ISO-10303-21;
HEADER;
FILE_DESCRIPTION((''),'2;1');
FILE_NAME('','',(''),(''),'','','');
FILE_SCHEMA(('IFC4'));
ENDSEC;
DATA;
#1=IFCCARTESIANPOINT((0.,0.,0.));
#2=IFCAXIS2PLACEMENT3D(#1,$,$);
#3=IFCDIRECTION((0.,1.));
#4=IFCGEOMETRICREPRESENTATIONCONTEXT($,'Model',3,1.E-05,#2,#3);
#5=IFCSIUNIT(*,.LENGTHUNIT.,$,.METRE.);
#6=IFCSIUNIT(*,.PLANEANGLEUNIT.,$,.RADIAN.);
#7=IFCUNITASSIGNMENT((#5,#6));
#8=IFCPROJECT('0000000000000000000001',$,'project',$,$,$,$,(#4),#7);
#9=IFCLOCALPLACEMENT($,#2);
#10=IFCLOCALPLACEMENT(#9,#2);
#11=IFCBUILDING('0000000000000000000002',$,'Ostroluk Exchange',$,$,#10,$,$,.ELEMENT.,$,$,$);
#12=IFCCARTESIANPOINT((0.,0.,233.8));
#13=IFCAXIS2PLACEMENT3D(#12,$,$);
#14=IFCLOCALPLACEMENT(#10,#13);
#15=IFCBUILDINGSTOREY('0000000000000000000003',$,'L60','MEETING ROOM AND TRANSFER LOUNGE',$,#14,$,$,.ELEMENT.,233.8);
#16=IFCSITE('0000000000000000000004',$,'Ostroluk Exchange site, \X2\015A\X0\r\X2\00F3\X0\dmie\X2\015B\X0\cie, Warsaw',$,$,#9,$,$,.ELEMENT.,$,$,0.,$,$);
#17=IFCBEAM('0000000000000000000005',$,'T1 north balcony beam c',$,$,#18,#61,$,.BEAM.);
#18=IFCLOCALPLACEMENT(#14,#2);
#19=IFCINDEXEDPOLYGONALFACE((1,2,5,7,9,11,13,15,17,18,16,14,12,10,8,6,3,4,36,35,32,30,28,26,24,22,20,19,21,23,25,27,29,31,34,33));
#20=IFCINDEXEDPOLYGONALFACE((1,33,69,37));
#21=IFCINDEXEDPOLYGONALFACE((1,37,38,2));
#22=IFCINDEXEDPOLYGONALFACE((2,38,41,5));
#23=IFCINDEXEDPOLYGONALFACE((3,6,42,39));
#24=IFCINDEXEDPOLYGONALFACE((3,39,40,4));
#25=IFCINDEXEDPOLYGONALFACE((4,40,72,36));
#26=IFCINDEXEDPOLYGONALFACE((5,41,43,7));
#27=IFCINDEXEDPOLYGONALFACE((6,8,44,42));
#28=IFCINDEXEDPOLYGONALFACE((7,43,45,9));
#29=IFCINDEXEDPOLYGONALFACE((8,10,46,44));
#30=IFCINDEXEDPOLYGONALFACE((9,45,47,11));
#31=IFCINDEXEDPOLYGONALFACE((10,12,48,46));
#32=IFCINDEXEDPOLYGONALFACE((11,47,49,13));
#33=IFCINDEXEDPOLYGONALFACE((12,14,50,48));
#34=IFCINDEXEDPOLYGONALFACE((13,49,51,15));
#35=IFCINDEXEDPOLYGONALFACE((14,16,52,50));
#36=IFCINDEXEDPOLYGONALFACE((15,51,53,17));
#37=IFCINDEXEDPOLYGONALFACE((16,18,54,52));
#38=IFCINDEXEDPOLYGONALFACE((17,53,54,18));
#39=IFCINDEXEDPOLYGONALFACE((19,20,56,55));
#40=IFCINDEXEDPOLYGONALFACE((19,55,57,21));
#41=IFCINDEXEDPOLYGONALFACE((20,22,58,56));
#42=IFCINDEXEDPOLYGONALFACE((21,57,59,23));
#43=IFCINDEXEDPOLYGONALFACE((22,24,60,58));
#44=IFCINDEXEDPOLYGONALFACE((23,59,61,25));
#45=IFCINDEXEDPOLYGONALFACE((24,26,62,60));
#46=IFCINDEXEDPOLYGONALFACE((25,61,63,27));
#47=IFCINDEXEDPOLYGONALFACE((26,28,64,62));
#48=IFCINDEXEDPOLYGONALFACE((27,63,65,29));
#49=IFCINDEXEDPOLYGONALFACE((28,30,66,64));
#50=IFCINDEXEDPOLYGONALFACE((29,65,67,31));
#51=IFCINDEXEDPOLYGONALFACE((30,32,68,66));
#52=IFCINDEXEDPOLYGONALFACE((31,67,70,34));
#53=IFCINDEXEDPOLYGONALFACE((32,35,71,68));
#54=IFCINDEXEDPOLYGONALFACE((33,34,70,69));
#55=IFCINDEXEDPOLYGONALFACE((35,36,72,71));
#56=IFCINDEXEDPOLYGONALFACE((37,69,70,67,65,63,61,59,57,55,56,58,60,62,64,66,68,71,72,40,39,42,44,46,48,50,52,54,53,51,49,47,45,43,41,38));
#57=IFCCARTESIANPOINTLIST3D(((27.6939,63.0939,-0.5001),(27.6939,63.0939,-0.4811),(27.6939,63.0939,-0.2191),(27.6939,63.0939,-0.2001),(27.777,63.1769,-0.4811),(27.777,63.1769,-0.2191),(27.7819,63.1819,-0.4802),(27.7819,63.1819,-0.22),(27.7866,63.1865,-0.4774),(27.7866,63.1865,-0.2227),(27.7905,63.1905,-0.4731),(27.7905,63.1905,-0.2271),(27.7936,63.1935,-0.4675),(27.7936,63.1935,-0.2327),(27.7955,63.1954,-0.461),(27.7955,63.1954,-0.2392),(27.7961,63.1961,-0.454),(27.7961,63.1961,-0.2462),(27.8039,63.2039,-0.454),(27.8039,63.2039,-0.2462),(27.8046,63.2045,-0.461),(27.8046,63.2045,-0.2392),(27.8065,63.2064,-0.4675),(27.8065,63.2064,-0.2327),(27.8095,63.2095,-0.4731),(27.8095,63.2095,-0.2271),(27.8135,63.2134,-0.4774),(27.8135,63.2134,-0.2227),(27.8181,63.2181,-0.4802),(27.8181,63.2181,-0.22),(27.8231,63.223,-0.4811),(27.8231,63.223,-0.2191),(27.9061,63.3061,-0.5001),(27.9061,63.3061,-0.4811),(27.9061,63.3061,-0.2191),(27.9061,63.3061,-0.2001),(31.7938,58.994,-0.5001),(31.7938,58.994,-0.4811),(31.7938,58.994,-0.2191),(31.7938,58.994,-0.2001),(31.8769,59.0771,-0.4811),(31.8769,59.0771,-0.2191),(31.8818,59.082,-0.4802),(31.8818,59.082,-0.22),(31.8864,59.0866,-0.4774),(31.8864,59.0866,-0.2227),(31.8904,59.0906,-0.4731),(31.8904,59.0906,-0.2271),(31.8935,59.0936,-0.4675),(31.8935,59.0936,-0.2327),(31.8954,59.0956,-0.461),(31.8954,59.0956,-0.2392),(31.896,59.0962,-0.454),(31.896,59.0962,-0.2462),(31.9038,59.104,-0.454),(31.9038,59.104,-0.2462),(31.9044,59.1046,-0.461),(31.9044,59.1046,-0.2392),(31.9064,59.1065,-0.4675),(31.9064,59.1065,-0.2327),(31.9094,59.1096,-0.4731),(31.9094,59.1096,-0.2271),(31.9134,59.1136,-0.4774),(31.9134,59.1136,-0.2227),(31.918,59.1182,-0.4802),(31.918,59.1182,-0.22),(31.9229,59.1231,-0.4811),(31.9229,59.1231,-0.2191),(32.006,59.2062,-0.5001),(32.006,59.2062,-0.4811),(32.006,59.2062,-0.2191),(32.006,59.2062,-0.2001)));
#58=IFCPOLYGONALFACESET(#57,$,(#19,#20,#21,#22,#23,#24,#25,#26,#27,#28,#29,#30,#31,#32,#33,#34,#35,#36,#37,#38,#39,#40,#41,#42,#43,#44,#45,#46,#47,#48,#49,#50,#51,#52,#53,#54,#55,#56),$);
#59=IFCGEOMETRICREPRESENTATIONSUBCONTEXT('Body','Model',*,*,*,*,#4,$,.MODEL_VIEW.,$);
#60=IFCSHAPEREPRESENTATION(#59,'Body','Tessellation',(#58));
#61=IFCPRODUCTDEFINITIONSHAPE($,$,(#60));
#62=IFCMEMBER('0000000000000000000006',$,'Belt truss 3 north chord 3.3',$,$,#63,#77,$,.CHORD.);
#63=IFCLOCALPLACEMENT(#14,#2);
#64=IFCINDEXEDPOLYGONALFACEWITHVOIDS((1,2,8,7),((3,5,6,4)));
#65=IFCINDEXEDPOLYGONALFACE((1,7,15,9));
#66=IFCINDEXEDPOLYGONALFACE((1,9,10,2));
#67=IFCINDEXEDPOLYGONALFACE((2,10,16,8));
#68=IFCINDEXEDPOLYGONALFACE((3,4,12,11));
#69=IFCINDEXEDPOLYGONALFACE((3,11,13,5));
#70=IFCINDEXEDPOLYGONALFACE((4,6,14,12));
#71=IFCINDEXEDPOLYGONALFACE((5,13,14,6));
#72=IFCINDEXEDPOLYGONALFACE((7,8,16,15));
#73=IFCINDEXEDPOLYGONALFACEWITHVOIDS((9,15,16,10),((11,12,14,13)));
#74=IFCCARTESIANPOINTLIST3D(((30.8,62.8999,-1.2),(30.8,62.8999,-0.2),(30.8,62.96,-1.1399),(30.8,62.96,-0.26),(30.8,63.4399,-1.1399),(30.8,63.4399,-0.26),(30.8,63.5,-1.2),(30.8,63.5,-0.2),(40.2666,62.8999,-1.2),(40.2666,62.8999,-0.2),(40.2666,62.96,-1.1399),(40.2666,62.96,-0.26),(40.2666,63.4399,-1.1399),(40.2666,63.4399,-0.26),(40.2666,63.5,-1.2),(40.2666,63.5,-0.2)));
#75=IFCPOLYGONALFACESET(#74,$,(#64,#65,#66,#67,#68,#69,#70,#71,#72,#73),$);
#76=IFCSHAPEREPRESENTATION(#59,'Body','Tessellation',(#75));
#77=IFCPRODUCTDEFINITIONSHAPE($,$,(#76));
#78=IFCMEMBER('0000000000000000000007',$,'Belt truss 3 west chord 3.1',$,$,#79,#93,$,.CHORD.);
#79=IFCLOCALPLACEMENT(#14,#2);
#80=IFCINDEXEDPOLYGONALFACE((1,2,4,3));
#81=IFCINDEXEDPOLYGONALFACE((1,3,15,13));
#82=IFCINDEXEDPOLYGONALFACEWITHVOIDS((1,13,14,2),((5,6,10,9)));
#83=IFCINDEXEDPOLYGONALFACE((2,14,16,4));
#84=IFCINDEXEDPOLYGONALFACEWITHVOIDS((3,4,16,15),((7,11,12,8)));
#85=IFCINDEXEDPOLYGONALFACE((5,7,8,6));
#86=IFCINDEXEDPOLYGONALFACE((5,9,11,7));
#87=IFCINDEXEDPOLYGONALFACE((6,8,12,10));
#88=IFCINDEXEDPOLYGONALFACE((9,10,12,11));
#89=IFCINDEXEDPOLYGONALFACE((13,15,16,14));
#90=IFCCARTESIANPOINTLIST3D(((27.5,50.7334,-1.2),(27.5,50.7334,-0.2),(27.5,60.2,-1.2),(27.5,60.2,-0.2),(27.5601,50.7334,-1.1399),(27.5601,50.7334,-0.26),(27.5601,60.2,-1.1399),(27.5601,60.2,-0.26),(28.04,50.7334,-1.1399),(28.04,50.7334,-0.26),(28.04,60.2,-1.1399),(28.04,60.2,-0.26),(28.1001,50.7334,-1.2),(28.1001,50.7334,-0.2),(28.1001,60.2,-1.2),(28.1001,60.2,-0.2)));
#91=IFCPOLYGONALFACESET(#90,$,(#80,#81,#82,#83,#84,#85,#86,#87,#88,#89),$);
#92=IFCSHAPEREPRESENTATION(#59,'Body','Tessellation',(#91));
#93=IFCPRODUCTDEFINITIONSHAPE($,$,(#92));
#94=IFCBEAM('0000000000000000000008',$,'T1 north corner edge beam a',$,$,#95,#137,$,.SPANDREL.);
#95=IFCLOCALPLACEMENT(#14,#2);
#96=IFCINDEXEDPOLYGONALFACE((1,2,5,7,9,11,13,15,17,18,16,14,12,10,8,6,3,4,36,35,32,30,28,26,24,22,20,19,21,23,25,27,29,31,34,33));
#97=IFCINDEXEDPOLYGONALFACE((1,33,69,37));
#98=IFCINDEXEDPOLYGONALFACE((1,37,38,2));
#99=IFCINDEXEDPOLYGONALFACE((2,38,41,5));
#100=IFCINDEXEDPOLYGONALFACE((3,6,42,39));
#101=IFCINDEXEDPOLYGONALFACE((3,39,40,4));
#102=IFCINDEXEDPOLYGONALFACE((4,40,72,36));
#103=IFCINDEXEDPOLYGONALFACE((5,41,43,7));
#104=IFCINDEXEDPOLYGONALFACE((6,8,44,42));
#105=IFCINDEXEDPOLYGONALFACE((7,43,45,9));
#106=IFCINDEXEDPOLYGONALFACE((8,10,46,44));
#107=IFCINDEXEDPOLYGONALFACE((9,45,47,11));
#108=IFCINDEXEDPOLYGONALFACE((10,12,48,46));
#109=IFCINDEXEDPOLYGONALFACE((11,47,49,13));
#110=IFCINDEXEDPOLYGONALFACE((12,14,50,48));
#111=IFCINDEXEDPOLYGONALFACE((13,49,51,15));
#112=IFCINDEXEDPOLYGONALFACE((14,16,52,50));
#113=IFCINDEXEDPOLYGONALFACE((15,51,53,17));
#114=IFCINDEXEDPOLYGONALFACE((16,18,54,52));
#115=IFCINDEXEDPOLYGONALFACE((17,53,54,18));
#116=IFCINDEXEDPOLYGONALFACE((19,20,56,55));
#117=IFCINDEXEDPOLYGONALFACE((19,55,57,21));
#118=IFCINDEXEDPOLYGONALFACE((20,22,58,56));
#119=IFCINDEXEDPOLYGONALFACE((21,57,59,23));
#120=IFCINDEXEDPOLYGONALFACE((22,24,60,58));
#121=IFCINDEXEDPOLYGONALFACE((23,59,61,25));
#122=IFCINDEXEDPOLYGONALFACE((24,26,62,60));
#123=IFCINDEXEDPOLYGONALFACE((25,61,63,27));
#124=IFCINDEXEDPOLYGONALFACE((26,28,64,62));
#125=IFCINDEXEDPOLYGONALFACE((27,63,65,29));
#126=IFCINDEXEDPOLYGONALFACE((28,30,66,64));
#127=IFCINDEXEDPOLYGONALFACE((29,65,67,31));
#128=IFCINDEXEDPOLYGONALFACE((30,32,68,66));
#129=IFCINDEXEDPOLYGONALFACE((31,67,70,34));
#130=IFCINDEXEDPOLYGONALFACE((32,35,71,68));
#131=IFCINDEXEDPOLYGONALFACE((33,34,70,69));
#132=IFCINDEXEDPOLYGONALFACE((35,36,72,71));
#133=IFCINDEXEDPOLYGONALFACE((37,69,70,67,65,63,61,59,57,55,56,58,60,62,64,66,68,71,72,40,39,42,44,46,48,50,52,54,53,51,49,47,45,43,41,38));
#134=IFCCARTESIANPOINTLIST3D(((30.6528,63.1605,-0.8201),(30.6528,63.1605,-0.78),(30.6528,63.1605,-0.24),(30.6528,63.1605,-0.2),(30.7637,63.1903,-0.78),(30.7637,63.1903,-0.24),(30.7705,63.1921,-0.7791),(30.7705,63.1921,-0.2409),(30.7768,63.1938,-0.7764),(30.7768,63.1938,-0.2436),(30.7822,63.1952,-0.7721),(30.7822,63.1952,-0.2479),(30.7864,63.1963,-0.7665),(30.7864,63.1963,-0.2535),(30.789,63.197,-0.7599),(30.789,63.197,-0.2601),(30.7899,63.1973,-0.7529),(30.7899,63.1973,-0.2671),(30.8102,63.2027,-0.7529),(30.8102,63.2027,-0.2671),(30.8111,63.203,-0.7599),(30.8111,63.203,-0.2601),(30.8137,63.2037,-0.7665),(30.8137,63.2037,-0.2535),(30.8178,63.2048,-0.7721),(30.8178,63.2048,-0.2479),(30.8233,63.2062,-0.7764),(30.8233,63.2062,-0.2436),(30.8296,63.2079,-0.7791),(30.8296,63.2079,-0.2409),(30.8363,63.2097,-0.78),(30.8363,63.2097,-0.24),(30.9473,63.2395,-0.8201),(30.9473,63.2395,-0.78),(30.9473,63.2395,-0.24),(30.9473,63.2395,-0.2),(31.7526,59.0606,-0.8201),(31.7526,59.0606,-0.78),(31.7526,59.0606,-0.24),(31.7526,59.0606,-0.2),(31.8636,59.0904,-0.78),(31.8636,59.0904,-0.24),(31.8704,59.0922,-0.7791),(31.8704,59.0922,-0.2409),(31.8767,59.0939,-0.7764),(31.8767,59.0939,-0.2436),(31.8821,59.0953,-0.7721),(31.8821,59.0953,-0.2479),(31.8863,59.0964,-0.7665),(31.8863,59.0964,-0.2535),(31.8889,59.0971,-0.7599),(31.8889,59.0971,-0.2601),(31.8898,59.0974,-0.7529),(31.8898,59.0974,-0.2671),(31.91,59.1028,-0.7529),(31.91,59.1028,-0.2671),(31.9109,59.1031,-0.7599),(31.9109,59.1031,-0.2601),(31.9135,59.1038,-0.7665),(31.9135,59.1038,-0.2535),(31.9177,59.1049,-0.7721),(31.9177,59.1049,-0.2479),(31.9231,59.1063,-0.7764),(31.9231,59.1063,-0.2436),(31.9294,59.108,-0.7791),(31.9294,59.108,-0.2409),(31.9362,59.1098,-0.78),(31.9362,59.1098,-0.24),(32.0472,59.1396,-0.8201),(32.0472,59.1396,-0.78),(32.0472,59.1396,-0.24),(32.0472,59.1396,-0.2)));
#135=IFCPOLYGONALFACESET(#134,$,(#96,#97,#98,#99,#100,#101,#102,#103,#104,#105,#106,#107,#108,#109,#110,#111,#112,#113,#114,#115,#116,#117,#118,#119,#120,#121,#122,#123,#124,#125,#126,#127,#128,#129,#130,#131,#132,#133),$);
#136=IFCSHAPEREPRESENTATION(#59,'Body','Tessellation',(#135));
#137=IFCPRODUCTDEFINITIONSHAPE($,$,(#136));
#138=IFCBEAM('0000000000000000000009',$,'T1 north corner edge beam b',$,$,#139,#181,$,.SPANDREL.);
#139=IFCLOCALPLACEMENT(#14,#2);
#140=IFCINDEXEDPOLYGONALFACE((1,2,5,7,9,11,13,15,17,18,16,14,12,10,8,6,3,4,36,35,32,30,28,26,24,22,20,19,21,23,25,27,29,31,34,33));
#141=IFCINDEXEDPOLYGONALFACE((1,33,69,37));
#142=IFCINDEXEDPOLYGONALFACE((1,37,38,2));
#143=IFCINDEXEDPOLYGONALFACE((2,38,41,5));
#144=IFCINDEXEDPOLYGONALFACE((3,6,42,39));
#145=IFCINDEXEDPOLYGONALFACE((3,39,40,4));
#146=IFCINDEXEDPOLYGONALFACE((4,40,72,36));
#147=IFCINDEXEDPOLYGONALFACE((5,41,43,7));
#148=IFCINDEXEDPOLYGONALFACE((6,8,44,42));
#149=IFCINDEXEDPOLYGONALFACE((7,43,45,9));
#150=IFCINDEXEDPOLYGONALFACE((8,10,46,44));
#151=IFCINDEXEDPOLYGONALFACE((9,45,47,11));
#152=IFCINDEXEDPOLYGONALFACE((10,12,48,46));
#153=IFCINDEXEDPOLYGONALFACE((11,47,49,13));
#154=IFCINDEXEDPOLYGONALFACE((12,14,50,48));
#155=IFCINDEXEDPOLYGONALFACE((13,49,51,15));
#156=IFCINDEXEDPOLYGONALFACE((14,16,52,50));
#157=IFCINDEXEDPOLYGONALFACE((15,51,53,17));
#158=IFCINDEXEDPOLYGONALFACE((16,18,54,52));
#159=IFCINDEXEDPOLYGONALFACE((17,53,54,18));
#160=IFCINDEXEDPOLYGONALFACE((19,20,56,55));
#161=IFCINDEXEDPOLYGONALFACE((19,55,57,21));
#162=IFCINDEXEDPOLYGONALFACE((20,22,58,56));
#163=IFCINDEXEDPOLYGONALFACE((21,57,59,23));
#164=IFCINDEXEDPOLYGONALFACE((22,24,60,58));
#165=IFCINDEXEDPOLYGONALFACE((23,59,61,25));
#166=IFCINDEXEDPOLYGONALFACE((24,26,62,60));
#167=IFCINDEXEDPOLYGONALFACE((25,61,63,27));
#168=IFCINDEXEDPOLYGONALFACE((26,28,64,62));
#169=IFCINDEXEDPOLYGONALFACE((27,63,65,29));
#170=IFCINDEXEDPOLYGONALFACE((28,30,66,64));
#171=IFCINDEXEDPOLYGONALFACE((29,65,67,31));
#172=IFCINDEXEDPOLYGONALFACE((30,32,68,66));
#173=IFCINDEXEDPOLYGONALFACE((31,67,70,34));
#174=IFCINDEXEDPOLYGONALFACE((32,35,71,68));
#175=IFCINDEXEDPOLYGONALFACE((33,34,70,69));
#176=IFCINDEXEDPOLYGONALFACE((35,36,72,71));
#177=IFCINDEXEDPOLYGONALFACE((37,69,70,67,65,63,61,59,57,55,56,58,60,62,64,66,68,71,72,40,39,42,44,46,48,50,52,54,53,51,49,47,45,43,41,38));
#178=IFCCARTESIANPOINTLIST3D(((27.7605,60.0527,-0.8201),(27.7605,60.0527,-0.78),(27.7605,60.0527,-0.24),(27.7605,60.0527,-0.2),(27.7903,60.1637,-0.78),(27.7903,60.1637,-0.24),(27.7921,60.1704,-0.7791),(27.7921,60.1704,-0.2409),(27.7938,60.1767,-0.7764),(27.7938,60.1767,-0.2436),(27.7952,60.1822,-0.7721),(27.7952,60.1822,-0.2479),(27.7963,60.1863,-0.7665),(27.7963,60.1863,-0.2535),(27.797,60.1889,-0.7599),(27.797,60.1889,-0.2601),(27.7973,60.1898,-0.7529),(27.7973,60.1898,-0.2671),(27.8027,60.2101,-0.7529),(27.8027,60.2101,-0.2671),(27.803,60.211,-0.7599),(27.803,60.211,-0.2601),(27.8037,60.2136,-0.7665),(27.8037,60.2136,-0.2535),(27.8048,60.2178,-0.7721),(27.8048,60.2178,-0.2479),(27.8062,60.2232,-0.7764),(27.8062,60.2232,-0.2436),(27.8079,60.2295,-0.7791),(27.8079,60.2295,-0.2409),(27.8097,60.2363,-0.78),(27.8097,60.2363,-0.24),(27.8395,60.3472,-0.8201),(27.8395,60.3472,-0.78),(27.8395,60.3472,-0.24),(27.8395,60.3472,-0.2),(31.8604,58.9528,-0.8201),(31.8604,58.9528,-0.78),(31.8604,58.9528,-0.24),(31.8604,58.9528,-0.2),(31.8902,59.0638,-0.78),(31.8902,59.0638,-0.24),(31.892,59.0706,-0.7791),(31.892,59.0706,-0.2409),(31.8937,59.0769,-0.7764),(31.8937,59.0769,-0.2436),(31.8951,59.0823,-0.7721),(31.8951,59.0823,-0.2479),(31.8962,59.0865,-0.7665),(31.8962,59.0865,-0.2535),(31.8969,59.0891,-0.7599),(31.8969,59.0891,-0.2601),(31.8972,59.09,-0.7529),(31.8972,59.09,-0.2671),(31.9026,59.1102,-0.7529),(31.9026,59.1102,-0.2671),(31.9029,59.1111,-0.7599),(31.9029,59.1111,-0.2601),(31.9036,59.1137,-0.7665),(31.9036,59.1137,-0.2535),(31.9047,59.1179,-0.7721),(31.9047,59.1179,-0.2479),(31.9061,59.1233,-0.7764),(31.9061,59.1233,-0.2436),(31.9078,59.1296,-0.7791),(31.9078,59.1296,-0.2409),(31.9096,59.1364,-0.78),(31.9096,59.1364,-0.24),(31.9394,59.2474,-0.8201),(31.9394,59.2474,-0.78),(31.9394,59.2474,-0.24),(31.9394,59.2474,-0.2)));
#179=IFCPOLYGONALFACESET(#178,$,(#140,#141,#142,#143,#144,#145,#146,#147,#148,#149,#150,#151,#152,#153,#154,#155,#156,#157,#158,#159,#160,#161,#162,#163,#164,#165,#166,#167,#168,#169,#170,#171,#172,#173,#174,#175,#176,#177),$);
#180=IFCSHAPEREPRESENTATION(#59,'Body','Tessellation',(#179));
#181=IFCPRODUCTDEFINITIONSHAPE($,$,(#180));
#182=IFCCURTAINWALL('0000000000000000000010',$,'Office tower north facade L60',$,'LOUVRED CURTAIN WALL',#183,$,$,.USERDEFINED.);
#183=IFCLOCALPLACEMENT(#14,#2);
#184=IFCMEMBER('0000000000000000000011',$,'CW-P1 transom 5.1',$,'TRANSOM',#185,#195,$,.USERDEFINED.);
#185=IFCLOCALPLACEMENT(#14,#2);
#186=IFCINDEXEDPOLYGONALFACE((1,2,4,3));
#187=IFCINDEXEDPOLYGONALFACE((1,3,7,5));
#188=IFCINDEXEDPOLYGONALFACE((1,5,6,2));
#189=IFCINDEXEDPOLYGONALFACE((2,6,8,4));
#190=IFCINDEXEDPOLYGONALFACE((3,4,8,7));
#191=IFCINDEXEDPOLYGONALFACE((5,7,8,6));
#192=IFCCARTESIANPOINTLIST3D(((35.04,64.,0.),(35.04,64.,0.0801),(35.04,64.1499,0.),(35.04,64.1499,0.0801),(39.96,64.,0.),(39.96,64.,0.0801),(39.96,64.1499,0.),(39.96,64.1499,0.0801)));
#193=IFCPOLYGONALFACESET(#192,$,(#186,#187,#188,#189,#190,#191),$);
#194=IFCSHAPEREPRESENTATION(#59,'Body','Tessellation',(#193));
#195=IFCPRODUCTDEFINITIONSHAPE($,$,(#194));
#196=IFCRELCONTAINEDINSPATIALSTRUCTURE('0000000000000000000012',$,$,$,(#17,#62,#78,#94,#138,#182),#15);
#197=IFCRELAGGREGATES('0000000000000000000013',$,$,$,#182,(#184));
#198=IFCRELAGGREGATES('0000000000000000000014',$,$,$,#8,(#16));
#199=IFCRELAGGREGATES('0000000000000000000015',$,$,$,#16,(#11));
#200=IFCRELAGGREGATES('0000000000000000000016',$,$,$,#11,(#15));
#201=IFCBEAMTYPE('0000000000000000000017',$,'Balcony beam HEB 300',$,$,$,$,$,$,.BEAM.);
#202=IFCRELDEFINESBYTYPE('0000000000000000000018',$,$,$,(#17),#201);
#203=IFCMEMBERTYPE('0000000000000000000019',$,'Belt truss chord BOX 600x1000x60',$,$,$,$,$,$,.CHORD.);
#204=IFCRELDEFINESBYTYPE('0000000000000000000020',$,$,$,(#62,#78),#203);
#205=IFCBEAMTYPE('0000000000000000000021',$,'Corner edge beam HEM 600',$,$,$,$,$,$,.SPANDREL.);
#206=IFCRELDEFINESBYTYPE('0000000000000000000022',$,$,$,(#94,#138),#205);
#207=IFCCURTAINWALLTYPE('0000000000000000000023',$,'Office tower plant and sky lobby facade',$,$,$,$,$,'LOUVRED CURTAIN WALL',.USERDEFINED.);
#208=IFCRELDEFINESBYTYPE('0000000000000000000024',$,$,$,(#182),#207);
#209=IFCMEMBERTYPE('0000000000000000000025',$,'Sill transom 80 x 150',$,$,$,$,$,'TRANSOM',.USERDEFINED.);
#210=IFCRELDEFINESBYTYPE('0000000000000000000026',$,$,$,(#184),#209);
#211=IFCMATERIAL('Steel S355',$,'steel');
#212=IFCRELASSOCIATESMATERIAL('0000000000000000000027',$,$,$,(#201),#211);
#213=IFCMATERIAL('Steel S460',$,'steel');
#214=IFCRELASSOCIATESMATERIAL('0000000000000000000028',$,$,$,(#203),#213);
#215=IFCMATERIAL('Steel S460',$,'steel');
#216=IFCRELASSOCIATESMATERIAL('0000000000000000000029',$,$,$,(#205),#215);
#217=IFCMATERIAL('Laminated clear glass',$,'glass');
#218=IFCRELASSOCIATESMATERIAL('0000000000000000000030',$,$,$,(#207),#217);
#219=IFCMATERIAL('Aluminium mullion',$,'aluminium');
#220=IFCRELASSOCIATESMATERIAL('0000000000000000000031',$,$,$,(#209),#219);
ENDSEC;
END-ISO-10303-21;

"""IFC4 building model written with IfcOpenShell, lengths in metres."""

from ifc_helpers import new_model, si_unit, direction, frame, origin, origin_2d, place, context, subcontext, project, spatial, rectangle, hollow_rectangle, i_section, extrude, material, material_profile, profile_set, type_object, element, aggregate, save


model = new_model("IFC4")

# Units and contexts
model_context = context("Model", 3, precision=1e-05, world=origin(), true_north=direction((0.0, 1.0)))
body_context = subcontext(model_context, "Body", "Model", "MODEL_VIEW")
ifc_project = project(units=[si_unit("LENGTHUNIT", "METRE"), si_unit("PLANEANGLEUNIT", "RADIAN")], contexts=[model_context])

# Site, building, storey
site_placement = place(None, origin())
site = spatial("IfcSite", under=ifc_project, at=site_placement, Name="Ostroluk Exchange site, Śródmieście, Warsaw", CompositionType="ELEMENT", RefElevation=0.0)
building_placement = place(site_placement, origin())
building = spatial("IfcBuilding", under=site, at=building_placement, Name="Ostroluk Exchange", CompositionType="ELEMENT")
storey_placement = place(building_placement, frame((0.0, 0.0, 233.8)))
storey = spatial("IfcBuildingStorey", under=building, at=storey_placement, Name="L60", Description="MEETING ROOM AND TRANSFER LOUNGE", CompositionType="ELEMENT", Elevation=233.8)

# Beam
ifc_material_1 = material(Name="Steel S355", Category="steel")
ifc_material_profile_1 = material_profile(ifc_material_1, i_section(OverallWidth=0.3, OverallDepth=0.3, WebThickness=0.011, FlangeThickness=0.019, FilletRadius=0.0271, at=origin_2d()), Name="HEB 300")
ifc_profile_set_1 = profile_set([ifc_material_profile_1], Name="Steel S355")
beam_type_1 = type_object("IfcBeamType", Name="Balcony beam HEB 300", PredefinedType="BEAM", material=ifc_profile_set_1)
beam_placement = place(storey_placement, frame((31.8999, 59.1001, -0.3501), z_axis=(-0.707107, 0.707107, 0.0), x_axis=(-0.707107, -0.707107, 0.0)))
element("IfcBeam", 1, at=beam_placement, inside=storey, type_object=beam_type_1, Name="T1 north balcony beam c", PredefinedType="BEAM", context=body_context, shape_type="SweptSolid", body=[
    extrude(i_section(OverallWidth=0.3, OverallDepth=0.3, WebThickness=0.011, FlangeThickness=0.019, FilletRadius=0.0271, at=origin_2d()), origin(), (0.0, 0.0, 1.0), 5.7981),
])

# Members
ifc_material_2 = material(Name="Steel S460", Category="steel")
ifc_material_profile_2 = material_profile(ifc_material_2, hollow_rectangle(XDim=0.6001, YDim=1.0, WallThickness=0.0601, at=origin_2d()), Name="BOX 600x1000x60")
ifc_profile_set_2 = profile_set([ifc_material_profile_2], Name="Steel S460")
member_type_1 = type_object("IfcMemberType", Name="Belt truss chord BOX 600x1000x60", PredefinedType="CHORD", material=ifc_profile_set_2)
for number, where, z_axis, x_axis, name in (
    (2, (40.2666, 63.2, -0.7), (-1.0, 0.0, 0.0), (0.0, -1.0, 0.0), "Belt truss 3 north chord 3.3"),
    (3, (27.8, 60.2, -0.7), (0.0, -1.0, 0.0), (1.0, 0.0, 0.0), "Belt truss 3 west chord 3.1"),
):
    element("IfcMember", number, at=place(storey_placement, frame(where, z_axis=z_axis, x_axis=x_axis)), inside=storey, type_object=member_type_1, Name=name, PredefinedType="CHORD", context=body_context, shape_type="SweptSolid", body=[
        extrude(hollow_rectangle(XDim=0.6001, YDim=1.0, WallThickness=0.0601, at=origin_2d()), origin(), (0.0, 0.0, 1.0), 9.4666),
    ])

# Beams
ifc_material_3 = material(Name="Steel S460", Category="steel")
ifc_material_profile_3 = material_profile(ifc_material_3, i_section(OverallWidth=0.3049, OverallDepth=0.6201, WebThickness=0.021, FlangeThickness=0.04, FilletRadius=0.0271, at=origin_2d()), Name="HEM 600")
ifc_profile_set_3 = profile_set([ifc_material_profile_3], Name="Steel S460")
beam_type_2 = type_object("IfcBeamType", Name="Corner edge beam HEM 600", PredefinedType="SPANDREL", material=ifc_profile_set_3)
for number, where, z_axis, x_axis, name in (
    (4, (31.8999, 59.1001, -0.51), (-0.259105, 0.965849, 0.0), (-0.965849, -0.259105, 0.0), "T1 north corner edge beam a"),
    (5, (31.8999, 59.1001, -0.51), (-0.965849, 0.259105, 0.0), (-0.259105, -0.965849, 0.0), "T1 north corner edge beam b"),
):
    element("IfcBeam", number, at=place(storey_placement, frame(where, z_axis=z_axis, x_axis=x_axis)), inside=storey, type_object=beam_type_2, Name=name, PredefinedType="SPANDREL", context=body_context, shape_type="SweptSolid", body=[
        extrude(i_section(OverallWidth=0.3049, OverallDepth=0.6201, WebThickness=0.021, FlangeThickness=0.04, FilletRadius=0.0271, at=origin_2d()), origin(), (0.0, 0.0, 1.0), 4.2449),
    ])

# Curtain wall, member
ifc_material_4 = material(Name="Laminated clear glass", Category="glass")
curtain_wall_type = type_object("IfcCurtainWallType", Name="Office tower plant and sky lobby facade", ElementType="LOUVRED CURTAIN WALL", PredefinedType="USERDEFINED", material=ifc_material_4)
curtain_wall_1_placement = place(storey_placement, origin())
curtain_wall_1 = element("IfcCurtainWall", 6, at=curtain_wall_1_placement, inside=storey, type_object=curtain_wall_type, Name="Office tower north facade L60", ObjectType="LOUVRED CURTAIN WALL", PredefinedType="USERDEFINED")
ifc_material_5 = material(Name="Aluminium mullion", Category="aluminium")
ifc_material_profile_4 = material_profile(ifc_material_5, rectangle(XDim=0.1499, YDim=0.0801, at=origin_2d()), Name="Sill transom 80 x 150")
ifc_profile_set_4 = profile_set([ifc_material_profile_4], Name="Aluminium mullion")
member_type_2 = type_object("IfcMemberType", Name="Sill transom 80 x 150", ElementType="TRANSOM", PredefinedType="USERDEFINED", material=ifc_profile_set_4)
member_1_placement = place(storey_placement, frame((39.96, 64.075, 0.04), z_axis=(-1.0, 0.0, 0.0), x_axis=(0.0, -1.0, 0.0)))
member_1 = element("IfcMember", 7, at=member_1_placement, type_object=member_type_2, Name="CW-P1 transom 5.1", ObjectType="TRANSOM", PredefinedType="USERDEFINED", context=body_context, shape_type="SweptSolid", body=[
    extrude(rectangle(XDim=0.1499, YDim=0.0801, at=origin_2d()), origin(), (0.0, 0.0, 1.0), 4.9199),
])

aggregate(curtain_wall_1, [member_1])

save(model, "model.ifc")
